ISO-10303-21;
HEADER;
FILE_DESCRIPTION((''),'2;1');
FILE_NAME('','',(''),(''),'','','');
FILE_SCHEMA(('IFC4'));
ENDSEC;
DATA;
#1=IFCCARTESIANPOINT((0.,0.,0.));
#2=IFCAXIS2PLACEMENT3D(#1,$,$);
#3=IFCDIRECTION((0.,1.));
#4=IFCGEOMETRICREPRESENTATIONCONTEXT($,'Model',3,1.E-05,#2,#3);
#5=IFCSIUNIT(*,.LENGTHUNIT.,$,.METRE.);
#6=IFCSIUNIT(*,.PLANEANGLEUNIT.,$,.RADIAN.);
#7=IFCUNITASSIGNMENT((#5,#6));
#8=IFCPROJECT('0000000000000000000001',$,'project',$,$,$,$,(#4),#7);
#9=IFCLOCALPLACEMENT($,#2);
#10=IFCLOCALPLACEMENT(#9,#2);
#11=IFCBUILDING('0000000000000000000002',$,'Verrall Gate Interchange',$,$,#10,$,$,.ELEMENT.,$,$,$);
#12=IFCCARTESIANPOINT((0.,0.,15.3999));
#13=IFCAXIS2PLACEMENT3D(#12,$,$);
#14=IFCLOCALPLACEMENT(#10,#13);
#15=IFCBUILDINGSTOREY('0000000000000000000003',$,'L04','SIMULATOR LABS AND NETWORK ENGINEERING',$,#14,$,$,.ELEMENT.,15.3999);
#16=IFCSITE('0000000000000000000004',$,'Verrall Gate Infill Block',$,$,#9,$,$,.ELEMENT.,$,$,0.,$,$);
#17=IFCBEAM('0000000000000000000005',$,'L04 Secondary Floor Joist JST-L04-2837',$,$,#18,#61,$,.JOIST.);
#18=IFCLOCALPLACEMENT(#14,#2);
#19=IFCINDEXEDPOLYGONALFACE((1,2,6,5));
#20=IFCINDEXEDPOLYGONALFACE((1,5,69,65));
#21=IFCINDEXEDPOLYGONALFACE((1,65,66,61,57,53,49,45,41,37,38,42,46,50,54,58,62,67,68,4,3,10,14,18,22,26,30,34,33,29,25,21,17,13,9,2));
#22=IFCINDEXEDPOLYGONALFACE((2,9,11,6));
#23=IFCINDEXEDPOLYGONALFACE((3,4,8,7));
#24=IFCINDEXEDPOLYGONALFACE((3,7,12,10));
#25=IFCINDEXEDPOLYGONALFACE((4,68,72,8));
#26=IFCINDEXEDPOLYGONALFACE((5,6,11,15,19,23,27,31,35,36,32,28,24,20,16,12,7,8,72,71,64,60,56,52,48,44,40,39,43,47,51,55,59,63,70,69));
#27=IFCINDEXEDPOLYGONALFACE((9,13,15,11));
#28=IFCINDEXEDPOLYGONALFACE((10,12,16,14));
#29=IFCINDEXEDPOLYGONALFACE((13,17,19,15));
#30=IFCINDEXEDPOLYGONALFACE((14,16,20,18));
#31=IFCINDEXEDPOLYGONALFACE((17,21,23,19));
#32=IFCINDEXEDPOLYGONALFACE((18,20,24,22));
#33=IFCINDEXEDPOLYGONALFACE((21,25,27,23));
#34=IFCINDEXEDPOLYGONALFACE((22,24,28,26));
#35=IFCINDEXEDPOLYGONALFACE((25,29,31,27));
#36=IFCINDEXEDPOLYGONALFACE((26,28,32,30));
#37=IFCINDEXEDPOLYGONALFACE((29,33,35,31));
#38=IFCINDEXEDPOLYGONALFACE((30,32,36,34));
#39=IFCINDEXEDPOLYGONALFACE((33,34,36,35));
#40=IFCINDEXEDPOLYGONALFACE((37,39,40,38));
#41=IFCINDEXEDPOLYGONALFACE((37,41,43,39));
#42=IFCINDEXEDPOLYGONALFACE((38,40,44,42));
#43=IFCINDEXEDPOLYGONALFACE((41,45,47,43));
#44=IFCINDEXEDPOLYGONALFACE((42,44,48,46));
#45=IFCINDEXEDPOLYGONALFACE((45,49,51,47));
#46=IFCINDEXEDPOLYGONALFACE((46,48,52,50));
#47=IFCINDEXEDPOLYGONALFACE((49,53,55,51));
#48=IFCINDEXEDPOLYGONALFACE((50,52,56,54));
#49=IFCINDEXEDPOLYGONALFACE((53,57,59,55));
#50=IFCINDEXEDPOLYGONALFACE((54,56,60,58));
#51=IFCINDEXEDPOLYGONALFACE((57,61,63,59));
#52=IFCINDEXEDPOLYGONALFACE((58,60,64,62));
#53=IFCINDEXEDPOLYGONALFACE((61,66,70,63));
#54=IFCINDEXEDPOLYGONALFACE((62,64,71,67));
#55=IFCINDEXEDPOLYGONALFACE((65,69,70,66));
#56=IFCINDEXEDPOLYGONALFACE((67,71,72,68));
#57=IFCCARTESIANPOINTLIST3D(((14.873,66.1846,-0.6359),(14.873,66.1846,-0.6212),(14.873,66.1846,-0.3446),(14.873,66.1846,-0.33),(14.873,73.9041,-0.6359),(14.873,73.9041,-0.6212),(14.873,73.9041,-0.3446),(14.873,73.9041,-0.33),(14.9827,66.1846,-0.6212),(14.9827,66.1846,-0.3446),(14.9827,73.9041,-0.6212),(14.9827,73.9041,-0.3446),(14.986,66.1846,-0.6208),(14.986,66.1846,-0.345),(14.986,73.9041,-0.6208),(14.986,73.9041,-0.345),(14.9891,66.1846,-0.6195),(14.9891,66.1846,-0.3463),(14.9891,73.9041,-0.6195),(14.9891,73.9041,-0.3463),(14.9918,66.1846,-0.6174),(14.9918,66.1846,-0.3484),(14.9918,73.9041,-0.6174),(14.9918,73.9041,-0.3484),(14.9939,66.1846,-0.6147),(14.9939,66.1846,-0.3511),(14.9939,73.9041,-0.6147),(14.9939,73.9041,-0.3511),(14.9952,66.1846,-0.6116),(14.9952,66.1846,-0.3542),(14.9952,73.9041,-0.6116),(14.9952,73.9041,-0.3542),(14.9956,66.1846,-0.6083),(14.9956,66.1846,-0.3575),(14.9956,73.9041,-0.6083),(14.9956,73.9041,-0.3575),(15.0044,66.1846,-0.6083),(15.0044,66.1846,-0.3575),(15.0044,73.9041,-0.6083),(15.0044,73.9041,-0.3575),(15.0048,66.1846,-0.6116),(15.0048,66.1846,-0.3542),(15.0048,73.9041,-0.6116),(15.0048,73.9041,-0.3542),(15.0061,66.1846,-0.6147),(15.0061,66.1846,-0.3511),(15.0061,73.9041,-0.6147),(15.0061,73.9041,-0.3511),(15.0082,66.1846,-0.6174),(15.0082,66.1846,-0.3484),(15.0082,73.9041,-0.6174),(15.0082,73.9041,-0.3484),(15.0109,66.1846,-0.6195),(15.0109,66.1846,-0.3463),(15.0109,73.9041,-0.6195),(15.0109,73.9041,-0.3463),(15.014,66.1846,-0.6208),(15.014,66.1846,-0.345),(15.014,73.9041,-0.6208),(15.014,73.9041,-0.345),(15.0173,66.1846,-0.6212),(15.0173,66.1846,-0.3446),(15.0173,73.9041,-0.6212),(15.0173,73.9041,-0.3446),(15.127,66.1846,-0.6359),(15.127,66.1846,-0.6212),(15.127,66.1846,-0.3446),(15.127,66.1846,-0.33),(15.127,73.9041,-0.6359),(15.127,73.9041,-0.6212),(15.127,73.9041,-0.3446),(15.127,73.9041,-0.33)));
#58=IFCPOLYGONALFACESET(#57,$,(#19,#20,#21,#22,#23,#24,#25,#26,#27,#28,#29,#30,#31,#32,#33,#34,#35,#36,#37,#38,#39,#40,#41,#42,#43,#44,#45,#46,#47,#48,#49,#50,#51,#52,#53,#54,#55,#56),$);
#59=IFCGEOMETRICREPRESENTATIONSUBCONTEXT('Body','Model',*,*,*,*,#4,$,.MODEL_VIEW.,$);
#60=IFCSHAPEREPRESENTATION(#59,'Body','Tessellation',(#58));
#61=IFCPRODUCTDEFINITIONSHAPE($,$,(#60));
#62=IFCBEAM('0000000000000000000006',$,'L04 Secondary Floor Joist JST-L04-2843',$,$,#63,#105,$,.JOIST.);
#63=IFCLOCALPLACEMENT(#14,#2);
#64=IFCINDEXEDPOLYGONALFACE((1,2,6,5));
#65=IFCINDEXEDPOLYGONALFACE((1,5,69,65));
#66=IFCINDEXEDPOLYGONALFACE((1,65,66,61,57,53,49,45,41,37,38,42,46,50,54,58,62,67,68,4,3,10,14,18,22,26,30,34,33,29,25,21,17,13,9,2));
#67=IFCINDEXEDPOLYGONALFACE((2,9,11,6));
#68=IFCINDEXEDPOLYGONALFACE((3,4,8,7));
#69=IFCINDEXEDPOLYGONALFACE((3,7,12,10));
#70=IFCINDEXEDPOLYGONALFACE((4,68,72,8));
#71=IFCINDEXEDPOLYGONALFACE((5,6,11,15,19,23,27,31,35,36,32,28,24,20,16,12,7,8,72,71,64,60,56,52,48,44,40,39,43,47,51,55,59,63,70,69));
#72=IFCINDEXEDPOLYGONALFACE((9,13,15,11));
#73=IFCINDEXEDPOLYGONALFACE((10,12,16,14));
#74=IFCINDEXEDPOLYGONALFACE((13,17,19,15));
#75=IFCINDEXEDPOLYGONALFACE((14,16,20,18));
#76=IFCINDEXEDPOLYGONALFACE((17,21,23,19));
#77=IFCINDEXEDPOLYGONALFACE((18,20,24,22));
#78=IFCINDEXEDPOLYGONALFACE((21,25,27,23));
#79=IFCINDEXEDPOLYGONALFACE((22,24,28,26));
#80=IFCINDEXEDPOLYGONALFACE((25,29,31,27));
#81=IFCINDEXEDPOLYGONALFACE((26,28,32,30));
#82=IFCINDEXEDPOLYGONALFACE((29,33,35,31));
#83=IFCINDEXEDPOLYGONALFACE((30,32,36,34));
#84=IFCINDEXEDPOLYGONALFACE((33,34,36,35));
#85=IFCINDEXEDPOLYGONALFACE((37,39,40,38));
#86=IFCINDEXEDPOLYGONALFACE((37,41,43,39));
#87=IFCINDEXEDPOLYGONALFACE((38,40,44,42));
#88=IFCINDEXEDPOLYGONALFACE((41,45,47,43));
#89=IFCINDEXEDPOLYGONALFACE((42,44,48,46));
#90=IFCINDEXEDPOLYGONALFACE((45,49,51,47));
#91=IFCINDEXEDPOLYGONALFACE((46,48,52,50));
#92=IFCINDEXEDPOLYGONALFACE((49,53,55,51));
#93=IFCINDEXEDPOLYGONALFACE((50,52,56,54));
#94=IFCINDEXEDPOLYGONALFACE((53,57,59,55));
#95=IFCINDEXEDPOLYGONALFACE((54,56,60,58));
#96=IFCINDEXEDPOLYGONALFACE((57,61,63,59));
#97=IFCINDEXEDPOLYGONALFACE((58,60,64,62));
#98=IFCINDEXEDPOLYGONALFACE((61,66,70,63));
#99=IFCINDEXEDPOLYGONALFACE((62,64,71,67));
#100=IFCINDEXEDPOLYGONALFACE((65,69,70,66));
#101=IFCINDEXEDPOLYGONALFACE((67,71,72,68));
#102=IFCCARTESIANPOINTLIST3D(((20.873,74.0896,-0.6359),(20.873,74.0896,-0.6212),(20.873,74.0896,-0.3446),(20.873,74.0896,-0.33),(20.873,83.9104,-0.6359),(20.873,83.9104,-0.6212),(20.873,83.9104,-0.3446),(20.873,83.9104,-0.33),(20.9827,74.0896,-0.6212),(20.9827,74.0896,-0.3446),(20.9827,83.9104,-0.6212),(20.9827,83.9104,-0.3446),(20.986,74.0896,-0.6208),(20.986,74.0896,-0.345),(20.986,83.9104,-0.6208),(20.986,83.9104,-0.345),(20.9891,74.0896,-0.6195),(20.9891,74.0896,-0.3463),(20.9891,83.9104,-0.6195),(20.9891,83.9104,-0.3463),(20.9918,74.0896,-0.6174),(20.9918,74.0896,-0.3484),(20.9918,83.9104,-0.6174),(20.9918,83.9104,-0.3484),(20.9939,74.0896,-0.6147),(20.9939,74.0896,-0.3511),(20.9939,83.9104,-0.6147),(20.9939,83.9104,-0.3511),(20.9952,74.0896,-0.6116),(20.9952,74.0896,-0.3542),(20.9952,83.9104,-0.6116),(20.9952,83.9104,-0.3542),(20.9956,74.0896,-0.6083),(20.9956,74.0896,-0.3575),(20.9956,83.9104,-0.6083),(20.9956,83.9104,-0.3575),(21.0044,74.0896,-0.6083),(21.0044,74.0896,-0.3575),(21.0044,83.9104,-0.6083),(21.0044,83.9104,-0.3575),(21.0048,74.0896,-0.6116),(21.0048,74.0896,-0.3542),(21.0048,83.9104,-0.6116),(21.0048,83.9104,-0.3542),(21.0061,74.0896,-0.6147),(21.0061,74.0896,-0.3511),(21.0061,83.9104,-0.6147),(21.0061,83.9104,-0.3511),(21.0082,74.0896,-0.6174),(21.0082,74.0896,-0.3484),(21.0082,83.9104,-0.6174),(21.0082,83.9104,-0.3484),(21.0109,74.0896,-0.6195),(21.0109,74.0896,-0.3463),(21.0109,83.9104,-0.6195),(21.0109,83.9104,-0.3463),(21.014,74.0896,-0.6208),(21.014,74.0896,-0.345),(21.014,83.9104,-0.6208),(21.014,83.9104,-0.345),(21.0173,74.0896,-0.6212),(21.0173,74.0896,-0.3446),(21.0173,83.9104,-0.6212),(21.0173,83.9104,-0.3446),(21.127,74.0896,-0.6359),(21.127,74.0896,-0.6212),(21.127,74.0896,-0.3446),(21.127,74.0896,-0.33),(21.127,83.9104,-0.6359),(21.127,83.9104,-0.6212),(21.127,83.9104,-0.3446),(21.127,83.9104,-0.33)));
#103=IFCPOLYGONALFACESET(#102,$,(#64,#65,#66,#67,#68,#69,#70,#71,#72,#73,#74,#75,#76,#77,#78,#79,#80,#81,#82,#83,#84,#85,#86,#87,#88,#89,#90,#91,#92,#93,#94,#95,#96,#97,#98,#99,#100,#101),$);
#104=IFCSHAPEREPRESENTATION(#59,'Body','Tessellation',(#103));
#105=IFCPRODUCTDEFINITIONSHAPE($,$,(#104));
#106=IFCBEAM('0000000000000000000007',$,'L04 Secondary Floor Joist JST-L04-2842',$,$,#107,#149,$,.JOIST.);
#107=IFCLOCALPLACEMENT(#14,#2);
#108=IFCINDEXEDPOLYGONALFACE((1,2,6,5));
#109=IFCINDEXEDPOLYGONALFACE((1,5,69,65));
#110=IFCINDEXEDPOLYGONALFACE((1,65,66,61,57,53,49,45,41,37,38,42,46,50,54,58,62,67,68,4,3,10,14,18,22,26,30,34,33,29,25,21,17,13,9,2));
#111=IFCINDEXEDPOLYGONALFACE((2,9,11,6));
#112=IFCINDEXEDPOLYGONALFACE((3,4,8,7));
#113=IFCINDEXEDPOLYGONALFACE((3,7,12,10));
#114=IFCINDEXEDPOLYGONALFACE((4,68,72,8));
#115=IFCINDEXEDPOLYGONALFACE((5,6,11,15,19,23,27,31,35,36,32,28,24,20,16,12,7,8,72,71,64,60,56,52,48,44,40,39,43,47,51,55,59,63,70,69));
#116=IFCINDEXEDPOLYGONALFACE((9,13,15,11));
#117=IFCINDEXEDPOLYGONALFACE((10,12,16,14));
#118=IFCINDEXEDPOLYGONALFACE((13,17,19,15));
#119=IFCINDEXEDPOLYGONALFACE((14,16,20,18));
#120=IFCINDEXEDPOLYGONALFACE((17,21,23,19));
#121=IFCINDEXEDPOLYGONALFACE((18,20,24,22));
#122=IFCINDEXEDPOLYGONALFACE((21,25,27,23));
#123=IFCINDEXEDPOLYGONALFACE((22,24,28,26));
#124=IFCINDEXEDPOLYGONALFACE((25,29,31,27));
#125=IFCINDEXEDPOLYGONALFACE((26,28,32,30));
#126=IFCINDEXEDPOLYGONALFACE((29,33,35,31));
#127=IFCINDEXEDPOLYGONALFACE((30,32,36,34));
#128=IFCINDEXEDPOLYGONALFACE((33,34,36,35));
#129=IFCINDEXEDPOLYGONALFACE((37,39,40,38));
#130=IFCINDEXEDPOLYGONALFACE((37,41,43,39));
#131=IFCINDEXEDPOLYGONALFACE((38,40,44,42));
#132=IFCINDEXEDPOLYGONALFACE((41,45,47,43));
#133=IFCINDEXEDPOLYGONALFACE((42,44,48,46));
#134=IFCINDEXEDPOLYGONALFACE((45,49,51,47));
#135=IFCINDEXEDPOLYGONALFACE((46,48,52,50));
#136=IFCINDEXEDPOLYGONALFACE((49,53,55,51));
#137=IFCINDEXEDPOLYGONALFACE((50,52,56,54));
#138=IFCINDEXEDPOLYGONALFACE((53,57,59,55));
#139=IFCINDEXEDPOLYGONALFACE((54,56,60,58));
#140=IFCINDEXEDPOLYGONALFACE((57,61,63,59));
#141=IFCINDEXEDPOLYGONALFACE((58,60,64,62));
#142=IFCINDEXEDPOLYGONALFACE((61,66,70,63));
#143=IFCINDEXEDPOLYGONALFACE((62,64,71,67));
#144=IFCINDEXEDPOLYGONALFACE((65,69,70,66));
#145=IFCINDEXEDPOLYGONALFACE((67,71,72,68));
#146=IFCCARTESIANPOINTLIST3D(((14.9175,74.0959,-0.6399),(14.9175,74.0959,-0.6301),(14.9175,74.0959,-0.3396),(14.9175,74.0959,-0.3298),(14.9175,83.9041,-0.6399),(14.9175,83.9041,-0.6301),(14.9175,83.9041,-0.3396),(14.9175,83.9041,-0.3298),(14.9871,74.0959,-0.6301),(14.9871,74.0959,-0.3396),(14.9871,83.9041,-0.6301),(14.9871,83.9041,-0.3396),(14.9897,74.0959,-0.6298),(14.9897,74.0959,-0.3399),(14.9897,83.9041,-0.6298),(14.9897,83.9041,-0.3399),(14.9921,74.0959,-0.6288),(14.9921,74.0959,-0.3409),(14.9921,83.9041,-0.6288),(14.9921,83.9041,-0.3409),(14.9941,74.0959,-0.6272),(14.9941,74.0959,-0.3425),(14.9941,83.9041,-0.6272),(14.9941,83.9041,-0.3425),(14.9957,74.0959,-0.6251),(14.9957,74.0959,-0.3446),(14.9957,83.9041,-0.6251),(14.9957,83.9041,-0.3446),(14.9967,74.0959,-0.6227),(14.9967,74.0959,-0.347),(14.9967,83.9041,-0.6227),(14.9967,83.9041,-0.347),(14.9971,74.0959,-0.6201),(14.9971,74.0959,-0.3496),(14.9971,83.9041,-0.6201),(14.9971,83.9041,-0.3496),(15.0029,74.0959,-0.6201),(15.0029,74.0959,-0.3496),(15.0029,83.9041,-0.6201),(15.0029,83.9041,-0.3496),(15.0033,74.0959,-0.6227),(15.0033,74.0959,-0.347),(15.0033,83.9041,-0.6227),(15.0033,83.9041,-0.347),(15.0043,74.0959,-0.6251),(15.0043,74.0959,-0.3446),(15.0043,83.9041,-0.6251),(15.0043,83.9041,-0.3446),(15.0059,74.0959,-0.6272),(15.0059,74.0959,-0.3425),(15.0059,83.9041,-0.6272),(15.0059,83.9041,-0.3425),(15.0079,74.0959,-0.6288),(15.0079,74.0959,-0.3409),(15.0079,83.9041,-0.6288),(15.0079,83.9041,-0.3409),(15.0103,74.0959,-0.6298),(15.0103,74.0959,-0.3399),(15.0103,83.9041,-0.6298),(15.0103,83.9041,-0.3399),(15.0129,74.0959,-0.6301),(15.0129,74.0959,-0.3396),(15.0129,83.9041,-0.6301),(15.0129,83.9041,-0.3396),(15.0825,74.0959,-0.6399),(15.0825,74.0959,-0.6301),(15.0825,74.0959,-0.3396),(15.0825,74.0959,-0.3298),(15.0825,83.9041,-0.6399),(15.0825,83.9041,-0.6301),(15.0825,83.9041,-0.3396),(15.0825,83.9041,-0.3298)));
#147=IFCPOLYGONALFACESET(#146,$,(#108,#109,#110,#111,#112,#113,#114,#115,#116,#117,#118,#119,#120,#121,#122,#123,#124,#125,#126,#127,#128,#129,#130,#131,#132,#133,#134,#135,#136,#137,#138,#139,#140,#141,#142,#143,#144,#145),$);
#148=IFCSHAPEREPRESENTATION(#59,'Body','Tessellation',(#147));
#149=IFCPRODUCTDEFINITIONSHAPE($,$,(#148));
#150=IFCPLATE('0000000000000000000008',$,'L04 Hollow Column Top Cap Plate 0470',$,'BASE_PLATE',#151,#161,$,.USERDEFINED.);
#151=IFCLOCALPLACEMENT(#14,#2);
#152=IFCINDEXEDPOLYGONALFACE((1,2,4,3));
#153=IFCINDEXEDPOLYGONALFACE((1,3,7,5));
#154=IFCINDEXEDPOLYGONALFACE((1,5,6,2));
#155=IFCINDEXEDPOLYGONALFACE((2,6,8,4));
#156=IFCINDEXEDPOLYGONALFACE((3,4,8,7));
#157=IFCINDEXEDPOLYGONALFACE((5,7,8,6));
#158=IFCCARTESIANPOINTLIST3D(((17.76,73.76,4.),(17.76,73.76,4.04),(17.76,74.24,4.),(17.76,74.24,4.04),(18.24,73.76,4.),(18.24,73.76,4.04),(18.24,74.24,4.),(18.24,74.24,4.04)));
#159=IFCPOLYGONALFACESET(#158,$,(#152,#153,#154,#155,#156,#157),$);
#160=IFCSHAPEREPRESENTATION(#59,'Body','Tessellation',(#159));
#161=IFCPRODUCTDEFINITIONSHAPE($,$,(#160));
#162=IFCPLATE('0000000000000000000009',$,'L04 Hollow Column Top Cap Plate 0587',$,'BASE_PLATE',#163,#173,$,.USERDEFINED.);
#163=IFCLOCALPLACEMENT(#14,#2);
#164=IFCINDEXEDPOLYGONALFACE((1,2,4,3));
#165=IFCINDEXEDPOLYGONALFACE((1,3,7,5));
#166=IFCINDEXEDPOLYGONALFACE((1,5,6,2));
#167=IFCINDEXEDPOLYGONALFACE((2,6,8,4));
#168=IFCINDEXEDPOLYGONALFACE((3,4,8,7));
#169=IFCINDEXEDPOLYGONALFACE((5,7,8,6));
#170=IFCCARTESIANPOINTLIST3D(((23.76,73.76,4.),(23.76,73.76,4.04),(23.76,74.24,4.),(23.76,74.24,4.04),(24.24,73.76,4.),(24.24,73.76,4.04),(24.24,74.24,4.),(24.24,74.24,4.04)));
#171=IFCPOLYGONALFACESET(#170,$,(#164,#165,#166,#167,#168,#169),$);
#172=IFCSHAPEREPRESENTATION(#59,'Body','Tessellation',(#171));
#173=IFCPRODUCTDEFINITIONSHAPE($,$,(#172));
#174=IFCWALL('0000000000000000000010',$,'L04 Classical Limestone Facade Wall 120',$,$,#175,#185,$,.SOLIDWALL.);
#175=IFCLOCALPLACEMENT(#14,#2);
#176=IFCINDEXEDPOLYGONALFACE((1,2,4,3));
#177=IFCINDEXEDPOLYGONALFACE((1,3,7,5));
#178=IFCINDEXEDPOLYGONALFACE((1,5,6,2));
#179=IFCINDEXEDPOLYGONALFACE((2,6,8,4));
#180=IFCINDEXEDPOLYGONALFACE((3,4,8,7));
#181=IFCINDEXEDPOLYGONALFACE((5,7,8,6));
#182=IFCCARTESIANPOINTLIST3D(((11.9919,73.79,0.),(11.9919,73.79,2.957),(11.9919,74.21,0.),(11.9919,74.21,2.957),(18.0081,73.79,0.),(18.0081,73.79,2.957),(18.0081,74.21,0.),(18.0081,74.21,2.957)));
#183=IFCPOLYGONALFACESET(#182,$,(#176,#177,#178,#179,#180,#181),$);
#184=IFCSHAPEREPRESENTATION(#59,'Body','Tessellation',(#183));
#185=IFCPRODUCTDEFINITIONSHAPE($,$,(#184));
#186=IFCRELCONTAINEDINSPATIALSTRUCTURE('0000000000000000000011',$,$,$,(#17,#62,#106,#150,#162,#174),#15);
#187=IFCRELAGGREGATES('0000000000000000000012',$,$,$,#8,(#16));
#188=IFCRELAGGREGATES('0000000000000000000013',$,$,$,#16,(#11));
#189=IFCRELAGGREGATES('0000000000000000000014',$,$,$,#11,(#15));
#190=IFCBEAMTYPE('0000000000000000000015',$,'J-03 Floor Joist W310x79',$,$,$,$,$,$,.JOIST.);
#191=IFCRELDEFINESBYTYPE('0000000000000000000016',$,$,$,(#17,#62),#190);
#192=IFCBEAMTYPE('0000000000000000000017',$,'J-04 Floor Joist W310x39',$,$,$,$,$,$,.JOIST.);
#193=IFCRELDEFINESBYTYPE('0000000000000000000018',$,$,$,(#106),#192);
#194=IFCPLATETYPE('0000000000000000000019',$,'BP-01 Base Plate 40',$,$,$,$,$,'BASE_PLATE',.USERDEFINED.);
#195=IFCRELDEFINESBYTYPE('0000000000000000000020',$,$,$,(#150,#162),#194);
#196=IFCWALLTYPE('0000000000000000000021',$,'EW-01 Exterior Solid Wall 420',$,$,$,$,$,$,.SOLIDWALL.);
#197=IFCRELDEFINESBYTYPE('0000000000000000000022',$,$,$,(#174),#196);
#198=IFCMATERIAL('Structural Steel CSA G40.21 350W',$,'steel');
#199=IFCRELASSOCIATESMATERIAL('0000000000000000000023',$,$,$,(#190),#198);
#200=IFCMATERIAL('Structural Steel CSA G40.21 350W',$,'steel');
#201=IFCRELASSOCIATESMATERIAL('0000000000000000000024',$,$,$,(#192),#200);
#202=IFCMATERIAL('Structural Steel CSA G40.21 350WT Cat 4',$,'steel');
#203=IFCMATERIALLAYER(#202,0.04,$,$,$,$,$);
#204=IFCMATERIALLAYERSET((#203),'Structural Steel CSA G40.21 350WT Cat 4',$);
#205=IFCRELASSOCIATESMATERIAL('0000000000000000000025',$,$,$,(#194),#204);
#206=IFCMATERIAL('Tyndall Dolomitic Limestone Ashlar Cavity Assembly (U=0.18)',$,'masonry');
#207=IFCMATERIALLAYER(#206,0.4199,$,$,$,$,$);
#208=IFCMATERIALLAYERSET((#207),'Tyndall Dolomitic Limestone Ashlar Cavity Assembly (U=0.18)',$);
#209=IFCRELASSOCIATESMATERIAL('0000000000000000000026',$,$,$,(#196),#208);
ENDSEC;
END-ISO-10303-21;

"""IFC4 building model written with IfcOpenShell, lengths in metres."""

from ifc_helpers import new_model, si_unit, direction, frame, frame_2d, origin, origin_2d, place, context, subcontext, project, spatial, rectangle, i_section, extrude, material, layer, layer_set, material_profile, profile_set, type_object, element, save


model = new_model("IFC4")

# Units and contexts
model_context = context("Model", 3, precision=1e-05, world=origin(), true_north=direction((0.0, 1.0)))
body_context = subcontext(model_context, "Body", "Model", "MODEL_VIEW")
ifc_project = project(units=[si_unit("LENGTHUNIT", "METRE"), si_unit("PLANEANGLEUNIT", "RADIAN")], contexts=[model_context])

# Site, building, storey
site_placement = place(None, origin())
site = spatial("IfcSite", under=ifc_project, at=site_placement, Name="Verrall Gate Infill Block", CompositionType="ELEMENT", RefElevation=0.0)
building_placement = place(site_placement, origin())
building = spatial("IfcBuilding", under=site, at=building_placement, Name="Verrall Gate Interchange", CompositionType="ELEMENT")
storey_placement = place(building_placement, frame((0.0, 0.0, 15.3999)))
storey = spatial("IfcBuildingStorey", under=building, at=storey_placement, Name="L04", Description="SIMULATOR LABS AND NETWORK ENGINEERING", CompositionType="ELEMENT", Elevation=15.3999)

# Beams
ifc_material_1 = material(Name="Structural Steel CSA G40.21 350W", Category="steel")
ifc_material_profile_1 = material_profile(ifc_material_1, i_section(OverallWidth=0.2539, OverallDepth=0.3059, WebThickness=0.0088, FlangeThickness=0.0146, FilletRadius=0.0129, at=origin_2d()), Name="W310x79")
ifc_profile_set_1 = profile_set([ifc_material_profile_1], Name="Structural Steel CSA G40.21 350W")
beam_type_1 = type_object("IfcBeamType", Name="J-03 Floor Joist W310x79", PredefinedType="JOIST", material=ifc_profile_set_1)
beam_1_placement = place(storey_placement, frame((15.0, 66.1846, -0.4829), z_axis=(0.0, 1.0, 0.0), x_axis=(-1.0, 0.0, 0.0)))
element("IfcBeam", 1, at=beam_1_placement, inside=storey, type_object=beam_type_1, Name="L04 Secondary Floor Joist JST-L04-2837", PredefinedType="JOIST", context=body_context, shape_type="SweptSolid", body=[
    extrude(i_section(OverallWidth=0.2539, OverallDepth=0.3059, WebThickness=0.0088, FlangeThickness=0.0146, FilletRadius=0.0129, at=origin_2d()), origin(), (0.0, 0.0, 1.0), 7.7195),
])
beam_2_placement = place(storey_placement, frame((21.0, 74.0896, -0.4829), z_axis=(0.0, 1.0, 0.0), x_axis=(-1.0, 0.0, 0.0)))
element("IfcBeam", 2, at=beam_2_placement, inside=storey, type_object=beam_type_1, Name="L04 Secondary Floor Joist JST-L04-2843", PredefinedType="JOIST", context=body_context, shape_type="SweptSolid", body=[
    extrude(i_section(OverallWidth=0.2539, OverallDepth=0.3059, WebThickness=0.0088, FlangeThickness=0.0146, FilletRadius=0.0129, at=origin_2d()), origin(), (0.0, 0.0, 1.0), 9.8208),
])
ifc_material_2 = material(Name="Structural Steel CSA G40.21 350W", Category="steel")
ifc_material_profile_2 = material_profile(ifc_material_2, i_section(OverallWidth=0.165, OverallDepth=0.3101, WebThickness=0.0059, FlangeThickness=0.0098, FilletRadius=0.01, at=origin_2d()), Name="W310x39")
ifc_profile_set_2 = profile_set([ifc_material_profile_2], Name="Structural Steel CSA G40.21 350W")
beam_type_2 = type_object("IfcBeamType", Name="J-04 Floor Joist W310x39", PredefinedType="JOIST", material=ifc_profile_set_2)
beam_3_placement = place(storey_placement, frame((15.0, 74.0959, -0.4849), z_axis=(0.0, 1.0, 0.0), x_axis=(-1.0, 0.0, 0.0)))
element("IfcBeam", 3, at=beam_3_placement, inside=storey, type_object=beam_type_2, Name="L04 Secondary Floor Joist JST-L04-2842", PredefinedType="JOIST", context=body_context, shape_type="SweptSolid", body=[
    extrude(i_section(OverallWidth=0.165, OverallDepth=0.3101, WebThickness=0.0059, FlangeThickness=0.0098, FilletRadius=0.01, at=origin_2d()), origin(), (0.0, 0.0, 1.0), 9.8081),
])

# Plates
ifc_material_3 = material(Name="Structural Steel CSA G40.21 350WT Cat 4", Category="steel")
ifc_layer_1 = layer(ifc_material_3, 0.04)
ifc_layer_set_1 = layer_set([ifc_layer_1], Name="Structural Steel CSA G40.21 350WT Cat 4")
plate_type = type_object("IfcPlateType", Name="BP-01 Base Plate 40", ElementType="BASE_PLATE", PredefinedType="USERDEFINED", material=ifc_layer_set_1)
for number, where, z_axis, x_axis, name in (
    (4, (18.0, 74.0, 4.0), (0.0, 0.0, 1.0), (1.0, 0.0, 0.0), "L04 Hollow Column Top Cap Plate 0470"),
    (5, (24.0, 74.0, 4.0), (0.0, 0.0, 1.0), (1.0, 0.0, 0.0), "L04 Hollow Column Top Cap Plate 0587"),
):
    element("IfcPlate", number, at=place(storey_placement, frame(where, z_axis=z_axis, x_axis=x_axis)), inside=storey, type_object=plate_type, Name=name, ObjectType="BASE_PLATE", PredefinedType="USERDEFINED", context=body_context, shape_type="SweptSolid", body=[
        extrude(rectangle(XDim=0.48, YDim=0.48, at=origin_2d()), origin(), (0.0, 0.0, 1.0), 0.04),
    ])

# Wall
ifc_material_4 = material(Name="Tyndall Dolomitic Limestone Ashlar Cavity Assembly (U=0.18)", Category="masonry")
ifc_layer_2 = layer(ifc_material_4, 0.4199)
ifc_layer_set_2 = layer_set([ifc_layer_2], Name="Tyndall Dolomitic Limestone Ashlar Cavity Assembly (U=0.18)")
wall_type_1 = type_object("IfcWallType", Name="EW-01 Exterior Solid Wall 420", PredefinedType="SOLIDWALL", material=ifc_layer_set_2)
wall_1_placement = place(storey_placement, frame((18.0081, 74.0, 0.0), z_axis=(0.0, 0.0, 1.0), x_axis=(-1.0, 0.0, 0.0)))
element("IfcWall", 6, at=wall_1_placement, inside=storey, type_object=wall_type_1, Name="L04 Classical Limestone Facade Wall 120", PredefinedType="SOLIDWALL", context=body_context, shape_type="SweptSolid", body=[
    extrude(rectangle(XDim=6.0161, YDim=0.4199, at=frame_2d((3.0081, 0.0))), origin(), (0.0, 0.0, 1.0), 2.957),
])

save(model, "model.ifc")
